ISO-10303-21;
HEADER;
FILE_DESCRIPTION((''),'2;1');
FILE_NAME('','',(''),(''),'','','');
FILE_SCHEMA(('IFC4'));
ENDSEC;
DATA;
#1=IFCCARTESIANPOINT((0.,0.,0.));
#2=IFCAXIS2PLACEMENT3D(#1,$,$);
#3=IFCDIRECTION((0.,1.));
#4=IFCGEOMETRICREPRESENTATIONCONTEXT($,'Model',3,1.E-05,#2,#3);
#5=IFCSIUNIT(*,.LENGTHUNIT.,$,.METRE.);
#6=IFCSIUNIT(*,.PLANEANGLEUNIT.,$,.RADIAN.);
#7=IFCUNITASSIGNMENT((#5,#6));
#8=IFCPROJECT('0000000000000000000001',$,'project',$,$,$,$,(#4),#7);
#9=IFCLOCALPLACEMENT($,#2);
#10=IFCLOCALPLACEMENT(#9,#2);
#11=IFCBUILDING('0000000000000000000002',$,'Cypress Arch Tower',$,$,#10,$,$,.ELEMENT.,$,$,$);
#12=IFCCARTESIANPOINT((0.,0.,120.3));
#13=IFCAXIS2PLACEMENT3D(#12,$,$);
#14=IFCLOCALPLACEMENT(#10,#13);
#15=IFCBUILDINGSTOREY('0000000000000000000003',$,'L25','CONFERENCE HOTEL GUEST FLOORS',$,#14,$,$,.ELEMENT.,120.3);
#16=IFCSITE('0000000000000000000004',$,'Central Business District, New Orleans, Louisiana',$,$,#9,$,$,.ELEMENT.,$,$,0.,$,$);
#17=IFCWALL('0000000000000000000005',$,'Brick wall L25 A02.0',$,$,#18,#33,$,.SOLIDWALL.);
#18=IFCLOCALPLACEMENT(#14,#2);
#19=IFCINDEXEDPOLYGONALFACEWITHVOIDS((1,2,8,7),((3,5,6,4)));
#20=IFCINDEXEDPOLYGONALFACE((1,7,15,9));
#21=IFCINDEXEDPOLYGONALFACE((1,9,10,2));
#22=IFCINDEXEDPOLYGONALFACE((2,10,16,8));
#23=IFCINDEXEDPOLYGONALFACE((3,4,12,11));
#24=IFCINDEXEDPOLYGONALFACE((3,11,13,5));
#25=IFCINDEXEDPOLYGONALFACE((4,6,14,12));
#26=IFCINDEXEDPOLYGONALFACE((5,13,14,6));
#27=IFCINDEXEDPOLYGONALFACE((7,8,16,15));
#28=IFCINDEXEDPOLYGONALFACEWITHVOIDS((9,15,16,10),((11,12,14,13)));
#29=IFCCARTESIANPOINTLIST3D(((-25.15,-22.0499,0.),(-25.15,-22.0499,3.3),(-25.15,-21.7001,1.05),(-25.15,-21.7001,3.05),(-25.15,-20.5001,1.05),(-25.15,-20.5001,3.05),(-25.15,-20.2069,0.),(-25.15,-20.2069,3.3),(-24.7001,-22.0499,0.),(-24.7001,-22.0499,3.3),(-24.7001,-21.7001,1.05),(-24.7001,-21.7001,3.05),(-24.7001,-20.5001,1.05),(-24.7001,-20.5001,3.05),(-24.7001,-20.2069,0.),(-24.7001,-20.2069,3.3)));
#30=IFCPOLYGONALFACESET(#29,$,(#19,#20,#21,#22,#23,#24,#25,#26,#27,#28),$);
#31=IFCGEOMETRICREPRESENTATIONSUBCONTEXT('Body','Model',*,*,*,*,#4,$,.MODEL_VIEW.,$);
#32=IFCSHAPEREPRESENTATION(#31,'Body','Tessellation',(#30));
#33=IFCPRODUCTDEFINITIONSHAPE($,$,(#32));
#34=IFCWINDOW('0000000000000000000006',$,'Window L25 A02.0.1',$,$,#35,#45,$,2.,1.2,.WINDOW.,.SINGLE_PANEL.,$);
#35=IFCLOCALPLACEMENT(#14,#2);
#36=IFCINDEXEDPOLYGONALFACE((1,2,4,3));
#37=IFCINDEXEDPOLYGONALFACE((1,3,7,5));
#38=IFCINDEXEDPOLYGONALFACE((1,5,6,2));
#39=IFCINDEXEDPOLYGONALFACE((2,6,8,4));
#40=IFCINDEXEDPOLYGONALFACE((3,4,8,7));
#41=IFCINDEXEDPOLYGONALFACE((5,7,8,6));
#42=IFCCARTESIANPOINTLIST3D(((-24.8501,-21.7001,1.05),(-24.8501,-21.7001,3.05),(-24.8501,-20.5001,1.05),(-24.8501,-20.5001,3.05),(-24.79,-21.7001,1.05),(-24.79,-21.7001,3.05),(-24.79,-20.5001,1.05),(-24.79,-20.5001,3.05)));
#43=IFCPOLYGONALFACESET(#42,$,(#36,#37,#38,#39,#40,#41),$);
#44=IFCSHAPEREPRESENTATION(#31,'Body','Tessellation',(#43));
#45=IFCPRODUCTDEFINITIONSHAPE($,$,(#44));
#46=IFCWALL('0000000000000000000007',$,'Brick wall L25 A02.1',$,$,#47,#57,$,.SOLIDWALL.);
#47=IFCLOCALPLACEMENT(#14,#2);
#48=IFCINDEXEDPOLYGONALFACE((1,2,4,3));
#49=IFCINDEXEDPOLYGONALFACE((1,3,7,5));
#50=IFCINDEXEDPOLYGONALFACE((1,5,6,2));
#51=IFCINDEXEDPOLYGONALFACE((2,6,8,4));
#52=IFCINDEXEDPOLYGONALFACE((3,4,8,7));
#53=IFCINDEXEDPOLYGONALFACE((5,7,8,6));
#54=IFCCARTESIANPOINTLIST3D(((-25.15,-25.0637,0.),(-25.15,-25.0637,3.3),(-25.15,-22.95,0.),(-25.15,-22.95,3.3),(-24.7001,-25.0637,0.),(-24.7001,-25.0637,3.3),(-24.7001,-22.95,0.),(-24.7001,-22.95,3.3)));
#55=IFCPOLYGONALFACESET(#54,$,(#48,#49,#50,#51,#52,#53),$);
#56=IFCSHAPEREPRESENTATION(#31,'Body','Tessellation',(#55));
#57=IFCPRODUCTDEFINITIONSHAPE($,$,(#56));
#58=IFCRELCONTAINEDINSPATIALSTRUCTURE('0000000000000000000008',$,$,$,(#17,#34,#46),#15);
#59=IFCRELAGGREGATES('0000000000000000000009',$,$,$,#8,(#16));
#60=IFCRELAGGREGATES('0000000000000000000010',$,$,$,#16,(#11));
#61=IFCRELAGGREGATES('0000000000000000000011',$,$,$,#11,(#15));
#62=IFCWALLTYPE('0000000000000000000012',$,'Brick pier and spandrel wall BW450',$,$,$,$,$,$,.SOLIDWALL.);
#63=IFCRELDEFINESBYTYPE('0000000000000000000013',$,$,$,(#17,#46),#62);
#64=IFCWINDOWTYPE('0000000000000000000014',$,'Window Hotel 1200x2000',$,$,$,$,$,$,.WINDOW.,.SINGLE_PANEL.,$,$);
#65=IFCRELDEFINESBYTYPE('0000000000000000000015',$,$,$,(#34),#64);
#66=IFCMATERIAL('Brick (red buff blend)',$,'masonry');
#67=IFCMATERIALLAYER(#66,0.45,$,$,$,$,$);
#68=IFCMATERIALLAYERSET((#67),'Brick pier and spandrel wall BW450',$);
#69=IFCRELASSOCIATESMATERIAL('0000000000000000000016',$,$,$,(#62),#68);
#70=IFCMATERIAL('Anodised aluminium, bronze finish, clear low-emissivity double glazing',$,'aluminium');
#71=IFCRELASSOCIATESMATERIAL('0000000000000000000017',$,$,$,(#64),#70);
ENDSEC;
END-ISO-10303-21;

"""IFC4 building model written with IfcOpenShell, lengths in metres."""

from ifc_helpers import new_model, si_unit, direction, frame, frame_2d, origin, place, context, subcontext, project, spatial, rectangle, extrude, material, layer, layer_set, type_object, element, fill, save


model = new_model("IFC4")

# Units and contexts
model_context = context("Model", 3, precision=1e-05, world=origin(), true_north=direction((0.0, 1.0)))
body_context = subcontext(model_context, "Body", "Model", "MODEL_VIEW")
ifc_project = project(units=[si_unit("LENGTHUNIT", "METRE"), si_unit("PLANEANGLEUNIT", "RADIAN")], contexts=[model_context])

# Site, building, storey
site_placement = place(None, origin())
site = spatial("IfcSite", under=ifc_project, at=site_placement, Name="Central Business District, New Orleans, Louisiana", CompositionType="ELEMENT", RefElevation=0.0)
building_placement = place(site_placement, origin())
building = spatial("IfcBuilding", under=site, at=building_placement, Name="Cypress Arch Tower", CompositionType="ELEMENT")
storey_placement = place(building_placement, frame((0.0, 0.0, 120.3)))
storey = spatial("IfcBuildingStorey", under=building, at=storey_placement, Name="L25", Description="CONFERENCE HOTEL GUEST FLOORS", CompositionType="ELEMENT", Elevation=120.3)

# Wall, opening, window
ifc_material_1 = material(Name="Brick (red buff blend)", Category="masonry")
ifc_layer_1 = layer(ifc_material_1, 0.45)
ifc_layer_set_1 = layer_set([ifc_layer_1], Name="Brick pier and spandrel wall BW450")
wall_type_1 = type_object("IfcWallType", Name="Brick pier and spandrel wall BW450", PredefinedType="SOLIDWALL", material=ifc_layer_set_1)
wall_1_placement = place(storey_placement, frame((-24.925, -20.207, 0.0), z_axis=(0.0, 0.0, 1.0), x_axis=(0.0, -1.0, 0.0)))
wall_1 = element("IfcWall", 1, at=wall_1_placement, inside=storey, type_object=wall_type_1, Name="Brick wall L25 A02.0", PredefinedType="SOLIDWALL", context=body_context, shape_type="SweptSolid", body=[
    extrude(rectangle(XDim=1.843, YDim=0.45, at=frame_2d((0.9214, 0.0))), origin(), (0.0, 0.0, 1.0), 3.3),
])
opening_1_placement = place(wall_1_placement, frame((0.293, 0.0, 1.05)))
opening_1 = element("IfcOpeningElement", 2, at=opening_1_placement, cuts=wall_1, PredefinedType="OPENING", context=body_context, shape_type="SweptSolid", body=[
    extrude(rectangle(XDim=1.2, YDim=2.0, at=frame_2d((0.6001, 1.0))), frame((0.0, 0.2349, 0.0), z_axis=(0.0, -1.0, 0.0), x_axis=(1.0, 0.0, 0.0)), (0.0, 0.0, 1.0), 0.47),
])
ifc_material_2 = material(Name="Anodised aluminium, bronze finish, clear low-emissivity double glazing", Category="aluminium")
window_type_1 = type_object("IfcWindowType", Name="Window Hotel 1200x2000", PartitioningType="SINGLE_PANEL", PredefinedType="WINDOW", material=ifc_material_2)
window_1_placement = place(opening_1_placement, origin())
window_1 = element("IfcWindow", 3, at=window_1_placement, inside=storey, type_object=window_type_1, Name="Window L25 A02.0.1", OverallHeight=2.0, OverallWidth=1.2, PartitioningType="SINGLE_PANEL", PredefinedType="WINDOW", context=body_context, shape_type="SweptSolid", body=[
    extrude(rectangle(XDim=1.2, YDim=2.0, at=frame_2d((0.6001, 1.0))), frame((0.0, 0.135, 0.0), z_axis=(0.0, -1.0, 0.0), x_axis=(1.0, 0.0, 0.0)), (0.0, 0.0, 1.0), 0.0601),
])
fill(opening_1, window_1)

# Wall
wall_2_placement = place(storey_placement, frame((-24.925, -22.95, 0.0), z_axis=(0.0, 0.0, 1.0), x_axis=(0.0, -1.0, 0.0)))
element("IfcWall", 4, at=wall_2_placement, inside=storey, type_object=wall_type_1, Name="Brick wall L25 A02.1", PredefinedType="SOLIDWALL", context=body_context, shape_type="SweptSolid", body=[
    extrude(rectangle(XDim=2.1138, YDim=0.45, at=frame_2d((1.0569, 0.0))), origin(), (0.0, 0.0, 1.0), 3.3),
])

save(model, "model.ifc")
